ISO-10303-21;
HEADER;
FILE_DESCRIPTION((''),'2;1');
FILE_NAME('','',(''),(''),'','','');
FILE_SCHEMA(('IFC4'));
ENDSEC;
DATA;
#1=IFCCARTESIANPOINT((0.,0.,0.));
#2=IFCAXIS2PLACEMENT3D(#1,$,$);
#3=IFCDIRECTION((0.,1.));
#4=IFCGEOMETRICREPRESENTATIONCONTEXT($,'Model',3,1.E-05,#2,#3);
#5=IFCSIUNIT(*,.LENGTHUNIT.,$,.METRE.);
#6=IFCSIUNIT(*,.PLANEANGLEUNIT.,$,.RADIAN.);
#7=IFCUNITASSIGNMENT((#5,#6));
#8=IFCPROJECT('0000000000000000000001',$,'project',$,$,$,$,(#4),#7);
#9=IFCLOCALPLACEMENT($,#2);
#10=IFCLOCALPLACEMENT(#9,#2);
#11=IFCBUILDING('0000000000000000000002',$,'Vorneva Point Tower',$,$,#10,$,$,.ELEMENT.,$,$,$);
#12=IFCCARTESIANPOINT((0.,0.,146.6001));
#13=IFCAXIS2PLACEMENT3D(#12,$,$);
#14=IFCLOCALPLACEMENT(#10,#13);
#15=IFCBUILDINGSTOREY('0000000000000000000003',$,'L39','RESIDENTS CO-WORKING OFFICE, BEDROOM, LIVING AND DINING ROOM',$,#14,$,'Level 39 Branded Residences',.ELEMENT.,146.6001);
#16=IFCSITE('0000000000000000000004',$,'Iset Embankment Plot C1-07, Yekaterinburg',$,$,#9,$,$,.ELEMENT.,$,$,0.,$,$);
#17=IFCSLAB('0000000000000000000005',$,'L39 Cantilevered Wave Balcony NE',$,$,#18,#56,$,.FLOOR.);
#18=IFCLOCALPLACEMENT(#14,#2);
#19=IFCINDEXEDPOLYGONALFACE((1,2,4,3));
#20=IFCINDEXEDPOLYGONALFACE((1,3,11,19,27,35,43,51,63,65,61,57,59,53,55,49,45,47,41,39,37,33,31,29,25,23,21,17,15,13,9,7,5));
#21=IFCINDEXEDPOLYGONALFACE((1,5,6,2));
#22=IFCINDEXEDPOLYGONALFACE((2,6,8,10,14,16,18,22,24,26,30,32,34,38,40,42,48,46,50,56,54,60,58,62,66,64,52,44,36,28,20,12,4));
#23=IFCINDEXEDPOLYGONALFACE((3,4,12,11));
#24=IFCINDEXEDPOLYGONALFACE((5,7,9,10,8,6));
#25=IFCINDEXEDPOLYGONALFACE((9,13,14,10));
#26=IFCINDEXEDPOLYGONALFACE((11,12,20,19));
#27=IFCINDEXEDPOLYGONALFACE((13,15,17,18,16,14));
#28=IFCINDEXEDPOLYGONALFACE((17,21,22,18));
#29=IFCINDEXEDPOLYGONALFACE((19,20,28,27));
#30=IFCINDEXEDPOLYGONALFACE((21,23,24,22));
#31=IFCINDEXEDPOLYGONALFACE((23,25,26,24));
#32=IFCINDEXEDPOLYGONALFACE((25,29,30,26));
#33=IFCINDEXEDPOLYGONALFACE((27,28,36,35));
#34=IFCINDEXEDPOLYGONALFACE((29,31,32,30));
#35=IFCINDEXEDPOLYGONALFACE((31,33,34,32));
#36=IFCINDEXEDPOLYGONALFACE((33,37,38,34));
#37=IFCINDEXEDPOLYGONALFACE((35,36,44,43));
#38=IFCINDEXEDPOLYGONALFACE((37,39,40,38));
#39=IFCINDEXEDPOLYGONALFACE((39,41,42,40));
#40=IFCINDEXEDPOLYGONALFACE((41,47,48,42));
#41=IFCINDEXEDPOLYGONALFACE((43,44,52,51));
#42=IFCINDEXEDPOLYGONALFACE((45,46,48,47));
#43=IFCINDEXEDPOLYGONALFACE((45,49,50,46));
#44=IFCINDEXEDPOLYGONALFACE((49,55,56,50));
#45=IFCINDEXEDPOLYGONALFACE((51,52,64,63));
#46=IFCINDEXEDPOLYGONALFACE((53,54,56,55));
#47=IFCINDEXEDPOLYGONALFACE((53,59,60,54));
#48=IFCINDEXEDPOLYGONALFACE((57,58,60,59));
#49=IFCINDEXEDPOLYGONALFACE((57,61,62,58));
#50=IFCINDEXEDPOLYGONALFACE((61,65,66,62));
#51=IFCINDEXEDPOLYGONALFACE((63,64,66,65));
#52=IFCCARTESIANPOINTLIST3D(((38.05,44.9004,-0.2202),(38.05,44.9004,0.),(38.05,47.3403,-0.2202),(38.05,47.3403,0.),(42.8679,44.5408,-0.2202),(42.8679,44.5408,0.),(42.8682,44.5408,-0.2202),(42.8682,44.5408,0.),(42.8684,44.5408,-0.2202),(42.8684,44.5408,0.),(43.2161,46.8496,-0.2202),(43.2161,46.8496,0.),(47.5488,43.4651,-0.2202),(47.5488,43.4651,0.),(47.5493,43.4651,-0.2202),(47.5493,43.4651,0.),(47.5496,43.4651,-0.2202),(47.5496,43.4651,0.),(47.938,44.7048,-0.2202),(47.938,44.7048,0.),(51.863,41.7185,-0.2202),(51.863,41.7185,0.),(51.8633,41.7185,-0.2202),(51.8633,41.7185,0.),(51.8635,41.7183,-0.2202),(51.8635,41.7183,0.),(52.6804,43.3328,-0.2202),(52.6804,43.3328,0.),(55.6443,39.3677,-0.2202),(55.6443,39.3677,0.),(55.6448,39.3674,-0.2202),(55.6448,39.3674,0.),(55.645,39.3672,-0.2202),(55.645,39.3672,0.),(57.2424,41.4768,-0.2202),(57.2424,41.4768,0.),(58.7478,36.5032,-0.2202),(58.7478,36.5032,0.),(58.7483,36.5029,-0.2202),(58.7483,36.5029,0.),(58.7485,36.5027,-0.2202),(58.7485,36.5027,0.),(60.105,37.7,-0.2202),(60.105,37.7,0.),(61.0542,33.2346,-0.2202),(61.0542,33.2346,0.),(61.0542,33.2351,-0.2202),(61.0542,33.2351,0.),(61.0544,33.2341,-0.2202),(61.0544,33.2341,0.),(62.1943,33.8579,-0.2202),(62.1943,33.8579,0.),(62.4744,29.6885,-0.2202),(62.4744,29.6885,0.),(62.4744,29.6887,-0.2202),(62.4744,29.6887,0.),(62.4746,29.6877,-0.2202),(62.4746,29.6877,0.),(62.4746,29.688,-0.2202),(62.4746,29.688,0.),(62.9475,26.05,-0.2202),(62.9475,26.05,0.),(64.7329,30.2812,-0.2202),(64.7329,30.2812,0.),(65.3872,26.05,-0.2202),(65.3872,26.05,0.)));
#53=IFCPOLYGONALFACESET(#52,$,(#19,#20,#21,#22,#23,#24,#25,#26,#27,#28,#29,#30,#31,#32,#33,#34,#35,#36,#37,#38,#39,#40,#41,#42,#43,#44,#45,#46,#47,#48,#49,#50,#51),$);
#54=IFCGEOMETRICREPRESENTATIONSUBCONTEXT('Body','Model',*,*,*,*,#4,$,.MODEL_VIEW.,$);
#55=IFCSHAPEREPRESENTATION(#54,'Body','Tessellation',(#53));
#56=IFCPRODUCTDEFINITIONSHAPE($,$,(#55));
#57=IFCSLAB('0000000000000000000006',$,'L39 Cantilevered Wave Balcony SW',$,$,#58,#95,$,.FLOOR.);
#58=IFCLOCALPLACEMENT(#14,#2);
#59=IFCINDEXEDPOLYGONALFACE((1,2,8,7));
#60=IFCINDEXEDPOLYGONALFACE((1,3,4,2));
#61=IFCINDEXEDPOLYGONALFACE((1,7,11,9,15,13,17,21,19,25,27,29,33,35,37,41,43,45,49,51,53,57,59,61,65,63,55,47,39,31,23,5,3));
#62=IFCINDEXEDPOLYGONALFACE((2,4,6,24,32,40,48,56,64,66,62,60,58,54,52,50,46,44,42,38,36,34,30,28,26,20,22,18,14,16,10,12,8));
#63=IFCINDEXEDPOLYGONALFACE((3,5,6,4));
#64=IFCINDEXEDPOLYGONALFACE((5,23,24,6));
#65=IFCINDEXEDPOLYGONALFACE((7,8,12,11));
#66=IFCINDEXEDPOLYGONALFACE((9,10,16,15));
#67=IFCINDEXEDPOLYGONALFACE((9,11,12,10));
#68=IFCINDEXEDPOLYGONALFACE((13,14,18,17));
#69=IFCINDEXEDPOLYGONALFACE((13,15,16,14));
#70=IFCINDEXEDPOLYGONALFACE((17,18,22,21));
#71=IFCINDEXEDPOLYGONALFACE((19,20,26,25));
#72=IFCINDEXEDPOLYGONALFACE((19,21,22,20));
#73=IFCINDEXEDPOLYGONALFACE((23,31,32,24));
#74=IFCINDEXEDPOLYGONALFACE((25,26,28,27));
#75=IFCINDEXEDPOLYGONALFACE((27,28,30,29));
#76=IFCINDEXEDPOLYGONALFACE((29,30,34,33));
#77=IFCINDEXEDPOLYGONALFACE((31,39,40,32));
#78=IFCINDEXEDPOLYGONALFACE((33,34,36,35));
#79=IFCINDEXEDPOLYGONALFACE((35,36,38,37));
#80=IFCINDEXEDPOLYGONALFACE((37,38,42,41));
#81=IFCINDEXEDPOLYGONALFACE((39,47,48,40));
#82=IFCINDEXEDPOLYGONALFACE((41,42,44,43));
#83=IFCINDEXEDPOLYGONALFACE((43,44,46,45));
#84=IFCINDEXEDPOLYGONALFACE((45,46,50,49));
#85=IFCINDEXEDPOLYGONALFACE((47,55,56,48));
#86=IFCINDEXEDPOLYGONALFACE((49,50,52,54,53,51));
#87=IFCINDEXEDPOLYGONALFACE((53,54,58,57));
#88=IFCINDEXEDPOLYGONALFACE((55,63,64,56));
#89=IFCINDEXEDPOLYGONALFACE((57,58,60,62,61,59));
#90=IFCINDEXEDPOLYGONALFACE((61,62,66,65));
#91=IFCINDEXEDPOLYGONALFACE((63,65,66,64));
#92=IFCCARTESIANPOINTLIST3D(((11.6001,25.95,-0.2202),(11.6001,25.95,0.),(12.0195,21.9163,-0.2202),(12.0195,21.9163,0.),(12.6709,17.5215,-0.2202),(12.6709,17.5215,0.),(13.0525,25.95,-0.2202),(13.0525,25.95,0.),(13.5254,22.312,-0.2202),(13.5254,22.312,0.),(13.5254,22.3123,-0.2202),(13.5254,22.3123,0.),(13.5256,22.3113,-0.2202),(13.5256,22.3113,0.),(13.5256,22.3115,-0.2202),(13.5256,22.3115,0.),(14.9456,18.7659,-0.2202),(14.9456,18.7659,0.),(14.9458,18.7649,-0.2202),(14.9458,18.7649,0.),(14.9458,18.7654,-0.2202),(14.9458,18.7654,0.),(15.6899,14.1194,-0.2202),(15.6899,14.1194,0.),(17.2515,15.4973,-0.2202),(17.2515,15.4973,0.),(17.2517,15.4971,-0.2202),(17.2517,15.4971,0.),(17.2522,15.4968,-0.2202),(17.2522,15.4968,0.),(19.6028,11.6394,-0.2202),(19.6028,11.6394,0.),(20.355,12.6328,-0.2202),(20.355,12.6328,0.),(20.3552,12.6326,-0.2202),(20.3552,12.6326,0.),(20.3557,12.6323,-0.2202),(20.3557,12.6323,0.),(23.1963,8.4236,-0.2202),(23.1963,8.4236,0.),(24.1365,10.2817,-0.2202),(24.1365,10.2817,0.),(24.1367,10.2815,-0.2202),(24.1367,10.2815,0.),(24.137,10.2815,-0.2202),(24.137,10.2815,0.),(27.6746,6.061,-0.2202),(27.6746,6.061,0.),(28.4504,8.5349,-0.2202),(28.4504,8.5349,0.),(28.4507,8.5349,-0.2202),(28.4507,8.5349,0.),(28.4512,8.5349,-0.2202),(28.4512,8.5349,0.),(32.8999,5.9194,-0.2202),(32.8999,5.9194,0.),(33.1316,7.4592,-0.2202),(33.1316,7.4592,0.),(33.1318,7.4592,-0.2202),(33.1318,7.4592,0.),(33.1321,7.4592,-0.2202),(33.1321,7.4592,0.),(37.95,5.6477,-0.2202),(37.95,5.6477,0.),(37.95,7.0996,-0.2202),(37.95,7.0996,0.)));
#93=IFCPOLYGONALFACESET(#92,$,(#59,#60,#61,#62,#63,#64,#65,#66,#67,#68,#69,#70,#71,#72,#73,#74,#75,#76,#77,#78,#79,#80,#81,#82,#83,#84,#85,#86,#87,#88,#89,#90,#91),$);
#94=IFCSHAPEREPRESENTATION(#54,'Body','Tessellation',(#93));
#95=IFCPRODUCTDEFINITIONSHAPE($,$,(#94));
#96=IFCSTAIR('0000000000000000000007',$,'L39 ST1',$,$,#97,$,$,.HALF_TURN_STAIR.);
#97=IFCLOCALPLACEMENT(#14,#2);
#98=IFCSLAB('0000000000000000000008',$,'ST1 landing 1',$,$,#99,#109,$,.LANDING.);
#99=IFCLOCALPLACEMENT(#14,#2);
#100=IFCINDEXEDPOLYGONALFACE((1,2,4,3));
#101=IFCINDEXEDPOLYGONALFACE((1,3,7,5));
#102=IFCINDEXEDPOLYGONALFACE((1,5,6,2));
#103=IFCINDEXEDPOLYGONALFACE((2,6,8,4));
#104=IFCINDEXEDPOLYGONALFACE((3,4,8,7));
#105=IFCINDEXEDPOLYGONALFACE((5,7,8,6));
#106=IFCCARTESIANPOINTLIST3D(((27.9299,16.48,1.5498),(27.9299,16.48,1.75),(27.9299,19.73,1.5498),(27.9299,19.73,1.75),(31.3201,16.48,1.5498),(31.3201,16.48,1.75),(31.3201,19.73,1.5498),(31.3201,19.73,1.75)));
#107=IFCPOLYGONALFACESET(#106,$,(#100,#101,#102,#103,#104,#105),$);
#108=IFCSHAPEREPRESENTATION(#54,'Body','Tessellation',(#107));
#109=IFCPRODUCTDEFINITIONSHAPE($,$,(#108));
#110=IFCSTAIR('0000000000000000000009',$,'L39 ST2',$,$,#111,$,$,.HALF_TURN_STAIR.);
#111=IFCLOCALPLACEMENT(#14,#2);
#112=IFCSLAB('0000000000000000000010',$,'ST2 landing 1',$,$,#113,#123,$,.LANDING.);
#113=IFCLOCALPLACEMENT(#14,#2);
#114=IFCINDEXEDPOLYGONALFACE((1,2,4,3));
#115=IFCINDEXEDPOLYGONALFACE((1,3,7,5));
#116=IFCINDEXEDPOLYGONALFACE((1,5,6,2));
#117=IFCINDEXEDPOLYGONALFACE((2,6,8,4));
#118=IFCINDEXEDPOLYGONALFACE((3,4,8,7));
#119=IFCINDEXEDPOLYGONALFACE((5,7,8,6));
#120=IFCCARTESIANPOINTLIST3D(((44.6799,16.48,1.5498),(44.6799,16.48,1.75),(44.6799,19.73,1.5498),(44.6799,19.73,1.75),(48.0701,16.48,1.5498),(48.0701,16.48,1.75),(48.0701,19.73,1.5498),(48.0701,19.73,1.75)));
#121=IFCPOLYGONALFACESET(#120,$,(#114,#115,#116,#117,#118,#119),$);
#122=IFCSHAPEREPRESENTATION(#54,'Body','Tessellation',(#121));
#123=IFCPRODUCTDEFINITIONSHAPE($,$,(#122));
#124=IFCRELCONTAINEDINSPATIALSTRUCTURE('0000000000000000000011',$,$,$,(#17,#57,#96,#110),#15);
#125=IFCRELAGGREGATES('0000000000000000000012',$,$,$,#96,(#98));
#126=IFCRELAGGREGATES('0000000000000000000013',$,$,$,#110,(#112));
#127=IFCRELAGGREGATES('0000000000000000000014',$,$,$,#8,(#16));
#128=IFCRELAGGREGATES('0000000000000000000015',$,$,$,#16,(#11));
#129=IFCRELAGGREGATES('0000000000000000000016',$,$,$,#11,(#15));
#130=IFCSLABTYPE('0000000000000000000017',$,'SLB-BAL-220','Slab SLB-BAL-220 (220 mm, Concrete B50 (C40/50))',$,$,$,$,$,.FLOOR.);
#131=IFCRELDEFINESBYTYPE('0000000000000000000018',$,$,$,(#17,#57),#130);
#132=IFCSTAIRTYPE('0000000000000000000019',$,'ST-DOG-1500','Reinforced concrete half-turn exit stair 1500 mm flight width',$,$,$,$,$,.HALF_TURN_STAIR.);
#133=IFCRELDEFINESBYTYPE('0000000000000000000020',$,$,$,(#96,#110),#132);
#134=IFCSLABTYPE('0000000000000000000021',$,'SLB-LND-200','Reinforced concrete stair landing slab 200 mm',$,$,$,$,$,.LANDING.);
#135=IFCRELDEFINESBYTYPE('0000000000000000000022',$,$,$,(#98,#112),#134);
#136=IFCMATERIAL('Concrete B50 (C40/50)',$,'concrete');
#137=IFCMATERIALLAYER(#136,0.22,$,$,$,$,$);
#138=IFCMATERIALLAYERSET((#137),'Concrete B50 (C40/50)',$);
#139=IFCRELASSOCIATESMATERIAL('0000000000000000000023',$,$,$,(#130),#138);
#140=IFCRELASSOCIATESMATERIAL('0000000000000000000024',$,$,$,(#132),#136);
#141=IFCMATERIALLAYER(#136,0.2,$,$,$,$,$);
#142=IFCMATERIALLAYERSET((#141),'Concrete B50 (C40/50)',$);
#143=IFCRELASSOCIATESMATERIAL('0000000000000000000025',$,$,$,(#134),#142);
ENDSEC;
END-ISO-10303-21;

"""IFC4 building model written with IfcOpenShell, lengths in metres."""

from ifc_helpers import new_model, si_unit, direction, frame, origin, place, context, subcontext, project, spatial, polyline, outline, extrude, material, layer, layer_set, type_object, element, aggregate, save


model = new_model("IFC4")

# Units and contexts
model_context = context("Model", 3, precision=1e-05, world=origin(), true_north=direction((0.0, 1.0)))
body_context = subcontext(model_context, "Body", "Model", "MODEL_VIEW")
ifc_project = project(units=[si_unit("LENGTHUNIT", "METRE"), si_unit("PLANEANGLEUNIT", "RADIAN")], contexts=[model_context])

# Site, building, storey
site_placement = place(None, origin())
site = spatial("IfcSite", under=ifc_project, at=site_placement, Name="Iset Embankment Plot C1-07, Yekaterinburg", CompositionType="ELEMENT", RefElevation=0.0)
building_placement = place(site_placement, origin())
building = spatial("IfcBuilding", under=site, at=building_placement, Name="Vorneva Point Tower", CompositionType="ELEMENT")
storey_placement = place(building_placement, frame((0.0, 0.0, 146.6001)))
storey = spatial("IfcBuildingStorey", under=building, at=storey_placement, Name="L39", Description="RESIDENTS CO-WORKING OFFICE, BEDROOM, LIVING AND DINING ROOM", LongName="Level 39 Branded Residences", CompositionType="ELEMENT", Elevation=146.6001)

# Slabs
ifc_material_1 = material(Name="Concrete B50 (C40/50)", Category="concrete")
ifc_layer_1 = layer(ifc_material_1, 0.22)
ifc_layer_set_1 = layer_set([ifc_layer_1], Name="Concrete B50 (C40/50)")
slab_type_1 = type_object("IfcSlabType", Name="SLB-BAL-220", Description="Slab SLB-BAL-220 (220 mm, Concrete B50 (C40/50))", PredefinedType="FLOOR", material=ifc_layer_set_1)
slab_1_placement = place(storey_placement, frame((0.0, 0.0, -0.2202)))
element("IfcSlab", 1, at=slab_1_placement, inside=storey, type_object=slab_type_1, Name="L39 Cantilevered Wave Balcony NE", PredefinedType="FLOOR", context=body_context, shape_type="SweptSolid", body=[
    extrude(outline(polyline([(38.05, 47.3403), (38.05, 44.9004), (42.8679, 44.5408), (42.8682, 44.5408), (42.8684, 44.5408), (47.5488, 43.4651), (47.5493, 43.4651), (47.5496, 43.4651), (51.863, 41.7185), (51.8633, 41.7185), (51.8635, 41.7183), (55.6443, 39.3677), (55.6448, 39.3674), (55.645, 39.3672), (58.7478, 36.5032), (58.7483, 36.5029), (58.7485, 36.5027), (61.0542, 33.2351), (61.0542, 33.2346), (61.0544, 33.2341), (62.4744, 29.6887), (62.4744, 29.6885), (62.4746, 29.688), (62.4746, 29.6877), (62.9475, 26.05), (65.3872, 26.05), (64.7329, 30.2812), (62.1943, 33.8579), (60.105, 37.7), (57.2424, 41.4768), (52.6804, 43.3328), (47.938, 44.7048), (43.2161, 46.8496), (38.05, 47.3403)])), origin(), (0.0, 0.0, 1.0), 0.2202),
])
slab_2_placement = place(storey_placement, frame((0.0, 0.0, -0.2202)))
element("IfcSlab", 2, at=slab_2_placement, inside=storey, type_object=slab_type_1, Name="L39 Cantilevered Wave Balcony SW", PredefinedType="FLOOR", context=body_context, shape_type="SweptSolid", body=[
    extrude(outline(polyline([(37.95, 5.6477), (37.95, 7.0996), (33.1321, 7.4592), (33.1318, 7.4592), (33.1316, 7.4592), (28.4512, 8.5349), (28.4507, 8.5349), (28.4504, 8.5349), (24.137, 10.2815), (24.1367, 10.2815), (24.1365, 10.2817), (20.3557, 12.6323), (20.3552, 12.6326), (20.355, 12.6328), (17.2522, 15.4968), (17.2517, 15.4971), (17.2515, 15.4973), (14.9458, 18.7649), (14.9458, 18.7654), (14.9456, 18.7659), (13.5256, 22.3113), (13.5256, 22.3115), (13.5254, 22.312), (13.5254, 22.3123), (13.0525, 25.95), (11.6001, 25.95), (12.0195, 21.9163), (12.6709, 17.5215), (15.6899, 14.1194), (19.6028, 11.6394), (23.1963, 8.4236), (27.6746, 6.061), (32.8999, 5.9194), (37.95, 5.6477)])), origin(), (0.0, 0.0, 1.0), 0.2202),
])

# Stairs, slabs
stair_type = type_object("IfcStairType", Name="ST-DOG-1500", Description="Reinforced concrete half-turn exit stair 1500 mm flight width", PredefinedType="HALF_TURN_STAIR", material=ifc_material_1)
stair_1_placement = place(storey_placement, origin())
stair_1 = element("IfcStair", 3, at=stair_1_placement, inside=storey, type_object=stair_type, Name="L39 ST1", PredefinedType="HALF_TURN_STAIR")
ifc_layer_2 = layer(ifc_material_1, 0.2)
ifc_layer_set_2 = layer_set([ifc_layer_2], Name="Concrete B50 (C40/50)")
slab_type_2 = type_object("IfcSlabType", Name="SLB-LND-200", Description="Reinforced concrete stair landing slab 200 mm", PredefinedType="LANDING", material=ifc_layer_set_2)
slab_3_placement = place(storey_placement, frame((0.0, 0.0, 1.5498)))
slab_3 = element("IfcSlab", 4, at=slab_3_placement, type_object=slab_type_2, Name="ST1 landing 1", PredefinedType="LANDING", context=body_context, shape_type="SweptSolid", body=[
    extrude(outline(polyline([(27.9299, 16.48), (31.3201, 16.48), (31.3201, 19.73), (27.9299, 19.73), (27.9299, 16.48)])), origin(), (0.0, 0.0, 1.0), 0.2002),
])
aggregate(stair_1, [slab_3])
stair_2_placement = place(storey_placement, origin())
stair_2 = element("IfcStair", 5, at=stair_2_placement, inside=storey, type_object=stair_type, Name="L39 ST2", PredefinedType="HALF_TURN_STAIR")
slab_4_placement = place(storey_placement, frame((0.0, 0.0, 1.5498)))
slab_4 = element("IfcSlab", 6, at=slab_4_placement, type_object=slab_type_2, Name="ST2 landing 1", PredefinedType="LANDING", context=body_context, shape_type="SweptSolid", body=[
    extrude(outline(polyline([(44.6799, 16.48), (48.0701, 16.48), (48.0701, 19.73), (44.6799, 19.73), (44.6799, 16.48)])), origin(), (0.0, 0.0, 1.0), 0.2002),
])
aggregate(stair_2, [slab_4])

save(model, "model.ifc")
